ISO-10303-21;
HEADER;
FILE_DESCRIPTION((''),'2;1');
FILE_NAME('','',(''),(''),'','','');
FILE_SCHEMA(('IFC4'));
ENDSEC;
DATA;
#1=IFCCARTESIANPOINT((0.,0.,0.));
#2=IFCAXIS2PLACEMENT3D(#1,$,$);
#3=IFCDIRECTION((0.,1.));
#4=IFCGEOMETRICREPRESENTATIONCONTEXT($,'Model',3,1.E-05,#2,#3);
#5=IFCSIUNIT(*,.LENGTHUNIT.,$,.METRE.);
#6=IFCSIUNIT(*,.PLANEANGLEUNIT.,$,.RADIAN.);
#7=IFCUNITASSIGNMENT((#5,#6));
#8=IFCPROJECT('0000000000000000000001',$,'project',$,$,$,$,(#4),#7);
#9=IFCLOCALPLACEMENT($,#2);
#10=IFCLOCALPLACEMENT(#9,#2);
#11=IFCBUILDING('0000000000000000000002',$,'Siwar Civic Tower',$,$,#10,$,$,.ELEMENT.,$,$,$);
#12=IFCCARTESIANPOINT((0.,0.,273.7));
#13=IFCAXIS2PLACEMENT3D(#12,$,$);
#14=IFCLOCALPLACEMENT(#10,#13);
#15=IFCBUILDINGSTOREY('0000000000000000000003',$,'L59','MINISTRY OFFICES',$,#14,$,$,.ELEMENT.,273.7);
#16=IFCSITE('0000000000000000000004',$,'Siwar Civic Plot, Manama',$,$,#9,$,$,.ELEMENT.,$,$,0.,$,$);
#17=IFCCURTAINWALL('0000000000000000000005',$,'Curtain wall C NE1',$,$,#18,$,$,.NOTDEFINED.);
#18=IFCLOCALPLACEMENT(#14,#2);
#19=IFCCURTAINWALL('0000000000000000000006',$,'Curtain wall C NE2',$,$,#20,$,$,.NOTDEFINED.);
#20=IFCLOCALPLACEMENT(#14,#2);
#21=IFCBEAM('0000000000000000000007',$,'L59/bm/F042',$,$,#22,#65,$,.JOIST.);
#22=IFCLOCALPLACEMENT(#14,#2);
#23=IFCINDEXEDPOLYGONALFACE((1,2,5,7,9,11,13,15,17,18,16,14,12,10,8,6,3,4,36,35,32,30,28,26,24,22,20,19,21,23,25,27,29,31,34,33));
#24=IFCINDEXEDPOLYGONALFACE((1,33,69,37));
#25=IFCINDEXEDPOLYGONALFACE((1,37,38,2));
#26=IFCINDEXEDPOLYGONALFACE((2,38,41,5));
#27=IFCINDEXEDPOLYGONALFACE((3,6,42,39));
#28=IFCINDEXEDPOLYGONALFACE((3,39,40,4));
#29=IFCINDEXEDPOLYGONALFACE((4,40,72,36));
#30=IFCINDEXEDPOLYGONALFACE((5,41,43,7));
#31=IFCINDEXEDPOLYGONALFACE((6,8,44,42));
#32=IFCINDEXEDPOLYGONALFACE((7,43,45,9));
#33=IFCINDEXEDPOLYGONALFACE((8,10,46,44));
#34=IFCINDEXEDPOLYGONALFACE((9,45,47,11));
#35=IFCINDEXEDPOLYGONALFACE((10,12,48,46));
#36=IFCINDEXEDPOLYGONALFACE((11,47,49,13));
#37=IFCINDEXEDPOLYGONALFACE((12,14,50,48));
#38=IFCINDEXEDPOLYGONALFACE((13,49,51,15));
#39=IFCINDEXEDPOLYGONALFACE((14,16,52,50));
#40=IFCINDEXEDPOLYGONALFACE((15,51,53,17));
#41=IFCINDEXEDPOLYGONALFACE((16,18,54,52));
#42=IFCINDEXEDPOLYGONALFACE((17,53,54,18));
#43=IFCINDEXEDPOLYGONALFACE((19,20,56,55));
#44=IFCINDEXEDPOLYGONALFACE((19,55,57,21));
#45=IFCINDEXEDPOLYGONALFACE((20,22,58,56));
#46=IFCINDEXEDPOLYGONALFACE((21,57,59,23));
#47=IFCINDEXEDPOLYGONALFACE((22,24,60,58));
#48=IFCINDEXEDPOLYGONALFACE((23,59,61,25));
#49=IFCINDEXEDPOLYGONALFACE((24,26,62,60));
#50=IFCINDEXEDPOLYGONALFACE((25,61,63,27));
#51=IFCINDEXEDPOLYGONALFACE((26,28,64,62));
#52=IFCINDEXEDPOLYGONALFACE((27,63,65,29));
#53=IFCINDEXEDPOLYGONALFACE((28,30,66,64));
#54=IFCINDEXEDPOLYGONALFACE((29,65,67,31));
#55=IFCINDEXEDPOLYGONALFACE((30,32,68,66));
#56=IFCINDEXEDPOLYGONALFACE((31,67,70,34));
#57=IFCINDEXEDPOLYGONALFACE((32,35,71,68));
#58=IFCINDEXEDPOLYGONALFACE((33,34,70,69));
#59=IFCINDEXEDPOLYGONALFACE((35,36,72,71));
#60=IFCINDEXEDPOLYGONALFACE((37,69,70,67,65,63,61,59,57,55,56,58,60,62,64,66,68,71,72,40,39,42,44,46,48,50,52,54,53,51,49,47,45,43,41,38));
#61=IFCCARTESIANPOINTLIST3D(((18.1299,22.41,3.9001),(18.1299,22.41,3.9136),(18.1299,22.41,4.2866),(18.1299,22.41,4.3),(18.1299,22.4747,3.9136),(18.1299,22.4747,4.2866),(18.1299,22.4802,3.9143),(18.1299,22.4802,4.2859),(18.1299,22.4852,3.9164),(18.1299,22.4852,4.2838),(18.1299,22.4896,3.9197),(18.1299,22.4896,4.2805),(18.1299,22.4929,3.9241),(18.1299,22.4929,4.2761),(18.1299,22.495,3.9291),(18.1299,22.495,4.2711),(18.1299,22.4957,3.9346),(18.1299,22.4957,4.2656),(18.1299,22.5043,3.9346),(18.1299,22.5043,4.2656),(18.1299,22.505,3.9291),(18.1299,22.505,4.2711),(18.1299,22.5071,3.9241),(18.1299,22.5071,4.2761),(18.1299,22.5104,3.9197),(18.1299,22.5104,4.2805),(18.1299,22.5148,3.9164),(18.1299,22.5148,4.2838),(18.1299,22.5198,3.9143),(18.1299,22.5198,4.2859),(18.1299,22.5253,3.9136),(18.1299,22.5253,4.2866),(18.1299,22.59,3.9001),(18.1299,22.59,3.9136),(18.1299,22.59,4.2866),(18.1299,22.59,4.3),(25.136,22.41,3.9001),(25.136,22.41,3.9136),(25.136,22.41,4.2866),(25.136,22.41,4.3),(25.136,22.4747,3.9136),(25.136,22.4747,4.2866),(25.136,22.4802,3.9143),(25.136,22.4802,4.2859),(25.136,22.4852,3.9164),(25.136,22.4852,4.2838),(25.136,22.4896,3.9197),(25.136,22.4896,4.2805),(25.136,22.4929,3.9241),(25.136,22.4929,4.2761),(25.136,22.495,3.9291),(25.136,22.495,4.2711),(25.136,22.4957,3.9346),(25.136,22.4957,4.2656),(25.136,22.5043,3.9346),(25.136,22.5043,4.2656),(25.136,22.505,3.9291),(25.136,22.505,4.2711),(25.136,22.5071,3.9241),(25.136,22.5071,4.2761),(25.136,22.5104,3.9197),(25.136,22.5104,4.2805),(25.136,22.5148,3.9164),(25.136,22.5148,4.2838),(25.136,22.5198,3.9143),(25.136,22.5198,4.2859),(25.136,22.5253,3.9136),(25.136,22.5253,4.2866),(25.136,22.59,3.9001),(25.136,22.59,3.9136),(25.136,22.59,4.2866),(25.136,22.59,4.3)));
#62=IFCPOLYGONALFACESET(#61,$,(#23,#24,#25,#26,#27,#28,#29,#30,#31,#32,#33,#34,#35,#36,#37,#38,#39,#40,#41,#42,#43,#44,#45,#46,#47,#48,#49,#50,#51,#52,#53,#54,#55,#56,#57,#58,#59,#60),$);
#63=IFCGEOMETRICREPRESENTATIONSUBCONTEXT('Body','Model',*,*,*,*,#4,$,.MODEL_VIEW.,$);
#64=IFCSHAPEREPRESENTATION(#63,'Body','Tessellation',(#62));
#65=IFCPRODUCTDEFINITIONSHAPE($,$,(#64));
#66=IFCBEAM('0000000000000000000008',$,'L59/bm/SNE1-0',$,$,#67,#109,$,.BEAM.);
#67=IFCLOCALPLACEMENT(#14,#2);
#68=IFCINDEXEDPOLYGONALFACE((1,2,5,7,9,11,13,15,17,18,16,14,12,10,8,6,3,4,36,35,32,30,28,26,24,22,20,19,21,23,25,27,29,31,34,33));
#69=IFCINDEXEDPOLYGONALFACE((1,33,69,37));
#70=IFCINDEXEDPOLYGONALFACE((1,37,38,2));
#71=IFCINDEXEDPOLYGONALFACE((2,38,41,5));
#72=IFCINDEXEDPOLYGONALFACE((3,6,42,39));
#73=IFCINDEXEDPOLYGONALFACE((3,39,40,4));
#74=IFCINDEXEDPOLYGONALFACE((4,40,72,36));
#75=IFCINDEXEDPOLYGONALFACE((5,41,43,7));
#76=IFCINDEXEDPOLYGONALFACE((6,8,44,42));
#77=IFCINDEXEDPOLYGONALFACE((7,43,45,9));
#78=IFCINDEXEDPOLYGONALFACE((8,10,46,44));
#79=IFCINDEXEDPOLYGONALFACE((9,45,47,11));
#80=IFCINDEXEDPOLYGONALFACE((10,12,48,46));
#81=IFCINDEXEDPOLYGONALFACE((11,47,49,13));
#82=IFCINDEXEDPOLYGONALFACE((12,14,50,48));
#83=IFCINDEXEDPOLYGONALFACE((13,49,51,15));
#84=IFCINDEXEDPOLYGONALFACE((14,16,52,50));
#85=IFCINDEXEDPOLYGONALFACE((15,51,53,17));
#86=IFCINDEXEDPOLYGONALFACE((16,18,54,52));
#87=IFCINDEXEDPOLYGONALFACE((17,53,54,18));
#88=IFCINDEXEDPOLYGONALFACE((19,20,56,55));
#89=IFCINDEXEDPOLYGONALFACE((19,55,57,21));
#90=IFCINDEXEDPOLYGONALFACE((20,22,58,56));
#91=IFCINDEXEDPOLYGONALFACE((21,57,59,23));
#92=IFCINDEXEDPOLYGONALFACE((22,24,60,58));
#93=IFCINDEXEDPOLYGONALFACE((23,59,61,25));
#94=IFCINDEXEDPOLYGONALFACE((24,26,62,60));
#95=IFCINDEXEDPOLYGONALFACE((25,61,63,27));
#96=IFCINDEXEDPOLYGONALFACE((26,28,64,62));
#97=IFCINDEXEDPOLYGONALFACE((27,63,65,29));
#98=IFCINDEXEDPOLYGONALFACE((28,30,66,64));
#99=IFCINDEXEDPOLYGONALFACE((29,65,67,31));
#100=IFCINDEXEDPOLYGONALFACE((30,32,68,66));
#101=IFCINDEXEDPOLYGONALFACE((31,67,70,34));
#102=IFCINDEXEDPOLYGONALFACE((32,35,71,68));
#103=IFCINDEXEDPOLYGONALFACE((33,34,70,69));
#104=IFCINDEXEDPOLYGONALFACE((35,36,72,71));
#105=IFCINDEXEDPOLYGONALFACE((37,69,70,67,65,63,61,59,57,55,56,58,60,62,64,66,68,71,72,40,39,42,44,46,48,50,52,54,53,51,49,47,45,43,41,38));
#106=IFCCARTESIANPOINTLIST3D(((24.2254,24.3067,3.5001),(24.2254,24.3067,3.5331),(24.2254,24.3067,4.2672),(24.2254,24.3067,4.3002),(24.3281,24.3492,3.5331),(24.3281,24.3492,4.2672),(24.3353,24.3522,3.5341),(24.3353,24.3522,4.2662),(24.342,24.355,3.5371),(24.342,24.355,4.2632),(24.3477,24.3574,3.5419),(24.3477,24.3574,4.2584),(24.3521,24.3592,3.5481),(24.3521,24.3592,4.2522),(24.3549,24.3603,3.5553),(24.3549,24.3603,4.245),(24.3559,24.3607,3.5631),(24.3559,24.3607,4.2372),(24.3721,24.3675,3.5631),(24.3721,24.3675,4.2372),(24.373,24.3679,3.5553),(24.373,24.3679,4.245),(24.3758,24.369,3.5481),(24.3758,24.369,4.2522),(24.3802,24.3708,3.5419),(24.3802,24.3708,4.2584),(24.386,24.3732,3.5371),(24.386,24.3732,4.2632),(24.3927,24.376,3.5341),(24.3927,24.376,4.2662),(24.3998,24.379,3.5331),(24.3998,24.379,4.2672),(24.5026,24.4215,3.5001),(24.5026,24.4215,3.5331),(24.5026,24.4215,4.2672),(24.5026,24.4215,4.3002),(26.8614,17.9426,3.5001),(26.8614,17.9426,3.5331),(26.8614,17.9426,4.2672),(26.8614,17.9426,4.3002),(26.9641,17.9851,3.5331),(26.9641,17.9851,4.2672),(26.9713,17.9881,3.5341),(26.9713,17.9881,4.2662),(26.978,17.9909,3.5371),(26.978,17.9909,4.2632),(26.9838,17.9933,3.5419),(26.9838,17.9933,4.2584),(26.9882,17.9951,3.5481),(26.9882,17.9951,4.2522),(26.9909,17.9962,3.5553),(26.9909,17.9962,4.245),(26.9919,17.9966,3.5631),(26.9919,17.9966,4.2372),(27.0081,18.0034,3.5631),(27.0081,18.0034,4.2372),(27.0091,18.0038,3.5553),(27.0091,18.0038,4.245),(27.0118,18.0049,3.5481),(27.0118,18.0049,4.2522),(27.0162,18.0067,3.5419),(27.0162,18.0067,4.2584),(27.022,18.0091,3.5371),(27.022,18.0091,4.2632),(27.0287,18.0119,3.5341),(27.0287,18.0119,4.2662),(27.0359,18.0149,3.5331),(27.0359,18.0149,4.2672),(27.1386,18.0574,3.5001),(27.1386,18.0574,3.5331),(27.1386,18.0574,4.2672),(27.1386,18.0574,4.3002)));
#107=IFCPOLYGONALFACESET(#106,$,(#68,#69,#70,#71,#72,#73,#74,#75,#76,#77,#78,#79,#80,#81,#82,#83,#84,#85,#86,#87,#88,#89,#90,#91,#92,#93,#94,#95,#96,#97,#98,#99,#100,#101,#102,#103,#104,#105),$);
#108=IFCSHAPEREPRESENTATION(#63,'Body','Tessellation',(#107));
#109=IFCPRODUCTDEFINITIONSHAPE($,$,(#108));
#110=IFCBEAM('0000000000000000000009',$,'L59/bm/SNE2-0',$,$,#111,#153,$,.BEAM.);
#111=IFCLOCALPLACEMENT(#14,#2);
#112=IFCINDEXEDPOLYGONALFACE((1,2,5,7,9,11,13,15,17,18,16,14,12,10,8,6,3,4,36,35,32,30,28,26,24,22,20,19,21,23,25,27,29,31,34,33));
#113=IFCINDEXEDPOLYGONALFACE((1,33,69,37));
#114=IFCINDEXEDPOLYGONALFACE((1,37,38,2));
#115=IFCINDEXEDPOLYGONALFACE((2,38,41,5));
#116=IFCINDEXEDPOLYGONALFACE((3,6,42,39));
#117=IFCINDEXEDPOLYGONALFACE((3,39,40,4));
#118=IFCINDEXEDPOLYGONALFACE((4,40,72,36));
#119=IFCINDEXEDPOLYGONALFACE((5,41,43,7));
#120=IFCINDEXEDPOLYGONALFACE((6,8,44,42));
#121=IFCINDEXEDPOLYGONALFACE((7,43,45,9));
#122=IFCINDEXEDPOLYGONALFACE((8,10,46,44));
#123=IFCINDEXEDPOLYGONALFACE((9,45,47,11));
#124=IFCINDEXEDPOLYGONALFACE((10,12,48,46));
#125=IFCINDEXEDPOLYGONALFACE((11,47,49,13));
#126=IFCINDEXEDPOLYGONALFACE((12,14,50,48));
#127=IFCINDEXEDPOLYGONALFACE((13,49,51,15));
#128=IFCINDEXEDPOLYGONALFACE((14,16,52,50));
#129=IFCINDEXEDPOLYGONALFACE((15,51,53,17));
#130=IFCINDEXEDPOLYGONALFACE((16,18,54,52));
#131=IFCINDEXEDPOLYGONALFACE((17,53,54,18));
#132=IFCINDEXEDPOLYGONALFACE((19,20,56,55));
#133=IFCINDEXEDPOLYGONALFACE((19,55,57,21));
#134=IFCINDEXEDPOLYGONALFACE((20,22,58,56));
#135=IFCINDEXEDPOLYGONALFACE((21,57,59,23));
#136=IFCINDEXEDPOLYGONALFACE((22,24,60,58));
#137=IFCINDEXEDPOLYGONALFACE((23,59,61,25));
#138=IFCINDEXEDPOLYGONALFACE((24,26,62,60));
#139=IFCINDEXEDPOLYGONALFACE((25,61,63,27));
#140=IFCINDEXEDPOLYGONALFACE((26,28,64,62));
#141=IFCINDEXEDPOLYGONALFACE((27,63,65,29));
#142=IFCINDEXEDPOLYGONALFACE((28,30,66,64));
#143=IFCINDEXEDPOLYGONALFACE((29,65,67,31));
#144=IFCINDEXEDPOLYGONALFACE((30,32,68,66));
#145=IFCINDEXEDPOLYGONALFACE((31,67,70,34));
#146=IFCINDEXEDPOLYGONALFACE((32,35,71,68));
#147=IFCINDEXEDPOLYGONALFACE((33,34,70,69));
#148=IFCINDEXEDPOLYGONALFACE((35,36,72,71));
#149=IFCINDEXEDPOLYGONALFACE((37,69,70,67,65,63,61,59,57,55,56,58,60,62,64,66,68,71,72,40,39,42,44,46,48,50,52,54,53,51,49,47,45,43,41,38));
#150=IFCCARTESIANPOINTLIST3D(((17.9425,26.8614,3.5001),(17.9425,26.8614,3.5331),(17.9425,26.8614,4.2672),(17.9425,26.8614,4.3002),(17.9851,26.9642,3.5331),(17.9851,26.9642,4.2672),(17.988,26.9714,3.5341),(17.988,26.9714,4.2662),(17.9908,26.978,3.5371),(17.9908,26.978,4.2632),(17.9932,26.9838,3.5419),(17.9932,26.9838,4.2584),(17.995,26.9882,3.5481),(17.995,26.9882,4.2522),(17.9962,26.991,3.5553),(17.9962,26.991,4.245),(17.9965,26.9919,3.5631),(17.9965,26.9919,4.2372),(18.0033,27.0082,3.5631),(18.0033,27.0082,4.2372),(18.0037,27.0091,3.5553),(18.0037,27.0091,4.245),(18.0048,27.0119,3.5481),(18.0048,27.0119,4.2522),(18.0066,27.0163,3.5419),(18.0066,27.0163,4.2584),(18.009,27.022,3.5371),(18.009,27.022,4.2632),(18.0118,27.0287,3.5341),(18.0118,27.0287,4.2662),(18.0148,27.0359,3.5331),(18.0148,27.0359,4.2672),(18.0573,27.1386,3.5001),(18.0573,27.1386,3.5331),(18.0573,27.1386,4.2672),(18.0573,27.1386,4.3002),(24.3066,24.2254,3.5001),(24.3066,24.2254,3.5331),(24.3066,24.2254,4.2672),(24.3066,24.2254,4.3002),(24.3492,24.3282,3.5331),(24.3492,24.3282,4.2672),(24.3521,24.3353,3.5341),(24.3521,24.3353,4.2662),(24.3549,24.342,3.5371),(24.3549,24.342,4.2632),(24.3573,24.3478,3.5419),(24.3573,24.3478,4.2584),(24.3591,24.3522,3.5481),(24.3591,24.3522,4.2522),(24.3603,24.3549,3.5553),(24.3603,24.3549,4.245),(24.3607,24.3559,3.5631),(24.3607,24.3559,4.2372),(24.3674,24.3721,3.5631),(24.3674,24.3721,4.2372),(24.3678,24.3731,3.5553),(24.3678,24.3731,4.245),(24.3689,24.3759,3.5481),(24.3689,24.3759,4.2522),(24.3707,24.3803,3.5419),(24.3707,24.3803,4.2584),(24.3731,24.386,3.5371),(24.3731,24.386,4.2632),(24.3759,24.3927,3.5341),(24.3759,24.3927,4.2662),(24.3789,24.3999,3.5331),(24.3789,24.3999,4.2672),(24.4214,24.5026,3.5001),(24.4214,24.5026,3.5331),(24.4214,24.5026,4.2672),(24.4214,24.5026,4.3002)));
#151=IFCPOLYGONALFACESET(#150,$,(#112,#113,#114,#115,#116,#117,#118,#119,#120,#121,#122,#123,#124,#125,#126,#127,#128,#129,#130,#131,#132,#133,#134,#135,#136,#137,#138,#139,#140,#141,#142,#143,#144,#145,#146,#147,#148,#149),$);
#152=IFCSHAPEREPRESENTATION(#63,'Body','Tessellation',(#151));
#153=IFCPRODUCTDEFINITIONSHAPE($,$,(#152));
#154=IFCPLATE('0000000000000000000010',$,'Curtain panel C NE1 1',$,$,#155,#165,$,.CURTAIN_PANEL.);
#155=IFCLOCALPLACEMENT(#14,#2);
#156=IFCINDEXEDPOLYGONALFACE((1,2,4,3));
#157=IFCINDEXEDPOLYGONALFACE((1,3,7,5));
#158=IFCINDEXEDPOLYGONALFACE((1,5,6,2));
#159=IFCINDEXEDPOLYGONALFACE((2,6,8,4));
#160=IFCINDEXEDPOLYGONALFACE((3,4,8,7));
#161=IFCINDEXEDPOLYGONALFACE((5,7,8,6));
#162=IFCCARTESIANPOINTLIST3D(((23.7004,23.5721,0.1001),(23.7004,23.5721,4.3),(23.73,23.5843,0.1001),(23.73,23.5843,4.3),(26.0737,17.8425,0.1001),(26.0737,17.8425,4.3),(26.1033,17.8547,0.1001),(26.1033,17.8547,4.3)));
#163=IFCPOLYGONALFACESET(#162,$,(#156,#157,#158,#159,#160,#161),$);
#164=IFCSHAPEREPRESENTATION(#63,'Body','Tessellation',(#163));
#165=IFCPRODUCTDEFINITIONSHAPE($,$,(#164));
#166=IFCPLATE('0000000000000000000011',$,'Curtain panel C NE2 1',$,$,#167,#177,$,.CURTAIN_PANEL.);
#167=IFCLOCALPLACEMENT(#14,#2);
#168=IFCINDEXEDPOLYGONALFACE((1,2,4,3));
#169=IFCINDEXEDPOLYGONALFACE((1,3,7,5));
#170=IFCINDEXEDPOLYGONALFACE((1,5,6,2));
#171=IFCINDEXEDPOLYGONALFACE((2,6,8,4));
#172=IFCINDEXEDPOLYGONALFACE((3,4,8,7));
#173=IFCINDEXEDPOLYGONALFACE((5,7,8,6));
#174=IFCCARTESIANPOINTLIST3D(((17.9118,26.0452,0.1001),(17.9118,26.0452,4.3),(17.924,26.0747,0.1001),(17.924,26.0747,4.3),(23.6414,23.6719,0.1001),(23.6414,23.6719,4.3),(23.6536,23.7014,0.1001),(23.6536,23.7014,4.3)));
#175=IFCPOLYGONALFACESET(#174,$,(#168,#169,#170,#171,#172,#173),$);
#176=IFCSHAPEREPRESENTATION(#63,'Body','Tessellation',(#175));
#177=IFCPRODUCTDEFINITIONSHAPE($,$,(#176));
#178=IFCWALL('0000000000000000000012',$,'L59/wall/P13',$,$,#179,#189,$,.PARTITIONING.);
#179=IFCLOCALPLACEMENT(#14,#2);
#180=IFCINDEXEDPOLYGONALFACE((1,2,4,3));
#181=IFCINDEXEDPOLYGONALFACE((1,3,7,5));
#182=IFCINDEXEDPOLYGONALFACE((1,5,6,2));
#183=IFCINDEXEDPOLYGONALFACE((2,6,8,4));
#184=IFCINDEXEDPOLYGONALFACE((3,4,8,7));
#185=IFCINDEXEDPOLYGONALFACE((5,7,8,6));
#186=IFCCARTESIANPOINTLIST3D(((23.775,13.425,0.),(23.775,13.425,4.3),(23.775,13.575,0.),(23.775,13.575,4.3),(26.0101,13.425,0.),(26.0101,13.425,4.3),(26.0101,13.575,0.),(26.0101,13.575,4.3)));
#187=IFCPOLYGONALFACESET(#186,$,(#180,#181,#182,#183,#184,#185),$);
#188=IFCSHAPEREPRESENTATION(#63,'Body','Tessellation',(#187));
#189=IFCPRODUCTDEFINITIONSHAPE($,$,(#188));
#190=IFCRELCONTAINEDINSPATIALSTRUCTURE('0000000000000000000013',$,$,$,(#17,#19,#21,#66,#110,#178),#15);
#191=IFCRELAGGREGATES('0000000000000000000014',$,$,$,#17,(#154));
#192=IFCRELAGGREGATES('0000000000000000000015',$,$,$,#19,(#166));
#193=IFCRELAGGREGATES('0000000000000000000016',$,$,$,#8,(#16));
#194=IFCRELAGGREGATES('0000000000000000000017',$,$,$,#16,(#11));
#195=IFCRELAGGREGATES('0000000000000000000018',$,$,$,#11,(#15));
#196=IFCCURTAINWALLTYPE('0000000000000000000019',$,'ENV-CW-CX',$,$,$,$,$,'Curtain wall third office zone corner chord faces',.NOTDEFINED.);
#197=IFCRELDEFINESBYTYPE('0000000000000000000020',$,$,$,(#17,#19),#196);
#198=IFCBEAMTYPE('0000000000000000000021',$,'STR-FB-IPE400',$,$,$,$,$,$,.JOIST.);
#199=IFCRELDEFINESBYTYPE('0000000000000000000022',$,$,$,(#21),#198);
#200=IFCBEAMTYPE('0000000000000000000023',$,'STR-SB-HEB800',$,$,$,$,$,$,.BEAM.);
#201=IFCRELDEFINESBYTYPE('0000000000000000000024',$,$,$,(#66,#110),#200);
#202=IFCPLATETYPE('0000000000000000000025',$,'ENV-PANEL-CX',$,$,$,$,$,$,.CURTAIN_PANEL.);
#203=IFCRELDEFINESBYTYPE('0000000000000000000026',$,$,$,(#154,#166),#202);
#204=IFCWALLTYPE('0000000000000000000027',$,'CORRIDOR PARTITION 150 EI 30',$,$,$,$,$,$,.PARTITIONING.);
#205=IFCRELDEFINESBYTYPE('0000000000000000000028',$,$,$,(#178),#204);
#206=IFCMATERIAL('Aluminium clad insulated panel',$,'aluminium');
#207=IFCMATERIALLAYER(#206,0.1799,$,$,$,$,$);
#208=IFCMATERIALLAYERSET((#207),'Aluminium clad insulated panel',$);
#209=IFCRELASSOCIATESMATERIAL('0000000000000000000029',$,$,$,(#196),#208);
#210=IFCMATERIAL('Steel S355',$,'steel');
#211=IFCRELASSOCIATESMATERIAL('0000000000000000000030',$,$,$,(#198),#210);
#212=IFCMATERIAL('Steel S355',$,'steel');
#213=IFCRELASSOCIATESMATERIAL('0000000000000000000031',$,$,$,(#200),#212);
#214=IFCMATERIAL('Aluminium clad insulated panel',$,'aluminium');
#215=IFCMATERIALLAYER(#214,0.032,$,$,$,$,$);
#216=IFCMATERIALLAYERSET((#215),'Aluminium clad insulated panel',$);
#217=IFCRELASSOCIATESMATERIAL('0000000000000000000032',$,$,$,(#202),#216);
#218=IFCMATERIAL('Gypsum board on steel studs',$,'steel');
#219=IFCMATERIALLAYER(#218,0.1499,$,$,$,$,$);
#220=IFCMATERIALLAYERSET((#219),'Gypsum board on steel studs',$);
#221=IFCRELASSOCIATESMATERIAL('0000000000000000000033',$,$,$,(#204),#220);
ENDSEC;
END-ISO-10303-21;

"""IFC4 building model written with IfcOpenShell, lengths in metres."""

from ifc_helpers import new_model, si_unit, direction, frame, frame_2d, origin, origin_2d, place, context, subcontext, project, spatial, rectangle, i_section, extrude, material, layer, layer_set, material_profile, profile_set, type_object, element, aggregate, save


model = new_model("IFC4")

# Units and contexts
model_context = context("Model", 3, precision=1e-05, world=origin(), true_north=direction((0.0, 1.0)))
body_context = subcontext(model_context, "Body", "Model", "MODEL_VIEW")
ifc_project = project(units=[si_unit("LENGTHUNIT", "METRE"), si_unit("PLANEANGLEUNIT", "RADIAN")], contexts=[model_context])

# Site, building, storey
site_placement = place(None, origin())
site = spatial("IfcSite", under=ifc_project, at=site_placement, Name="Siwar Civic Plot, Manama", CompositionType="ELEMENT", RefElevation=0.0)
building_placement = place(site_placement, origin())
building = spatial("IfcBuilding", under=site, at=building_placement, Name="Siwar Civic Tower", CompositionType="ELEMENT")
storey_placement = place(building_placement, frame((0.0, 0.0, 273.7)))
storey = spatial("IfcBuildingStorey", under=building, at=storey_placement, Name="L59", Description="MINISTRY OFFICES", CompositionType="ELEMENT", Elevation=273.7)

# Curtain walls
ifc_material_1 = material(Name="Aluminium clad insulated panel", Category="aluminium")
ifc_layer_1 = layer(ifc_material_1, 0.1799)
ifc_layer_set_1 = layer_set([ifc_layer_1], Name="Aluminium clad insulated panel")
curtain_wall_type = type_object("IfcCurtainWallType", Name="ENV-CW-CX", ElementType="Curtain wall third office zone corner chord faces", PredefinedType="NOTDEFINED", material=ifc_layer_set_1)
curtain_wall_1_placement = place(storey_placement, origin())
curtain_wall_1 = element("IfcCurtainWall", 1, at=curtain_wall_1_placement, inside=storey, type_object=curtain_wall_type, Name="Curtain wall C NE1", PredefinedType="NOTDEFINED")
curtain_wall_2_placement = place(storey_placement, origin())
curtain_wall_2 = element("IfcCurtainWall", 2, at=curtain_wall_2_placement, inside=storey, type_object=curtain_wall_type, Name="Curtain wall C NE2", PredefinedType="NOTDEFINED")

# Beams
ifc_material_2 = material(Name="Steel S355", Category="steel")
ifc_material_profile_1 = material_profile(ifc_material_2, i_section(OverallWidth=0.1799, OverallDepth=0.3999, WebThickness=0.0085, FlangeThickness=0.0134, FilletRadius=0.021, at=origin_2d()), Name="IPE400")
ifc_profile_set_1 = profile_set([ifc_material_profile_1], Name="Steel S355")
beam_type_1 = type_object("IfcBeamType", Name="STR-FB-IPE400", PredefinedType="JOIST", material=ifc_profile_set_1)
beam_1_placement = place(storey_placement, frame((18.1299, 22.5, 4.1001), z_axis=(1.0, 0.0, 0.0), x_axis=(0.0, 1.0, 0.0)))
element("IfcBeam", 3, at=beam_1_placement, inside=storey, type_object=beam_type_1, Name="L59/bm/F042", PredefinedType="JOIST", context=body_context, shape_type="SweptSolid", body=[
    extrude(i_section(OverallWidth=0.1799, OverallDepth=0.3999, WebThickness=0.0085, FlangeThickness=0.0134, FilletRadius=0.021, at=origin_2d()), origin(), (0.0, 0.0, 1.0), 7.0061),
])
ifc_material_3 = material(Name="Steel S355", Category="steel")
ifc_material_profile_2 = material_profile(ifc_material_3, i_section(OverallWidth=0.3, OverallDepth=0.8, WebThickness=0.0176, FlangeThickness=0.033, FilletRadius=0.03, at=origin_2d()), Name="HEB800")
ifc_profile_set_2 = profile_set([ifc_material_profile_2], Name="Steel S355")
beam_type_2 = type_object("IfcBeamType", Name="STR-SB-HEB800", PredefinedType="BEAM", material=ifc_profile_set_2)
for number, where, z_axis, x_axis, name in (
    (4, (27.0, 18.0, 3.9001), (-0.382674, 0.923883, 0.0), (-0.923883, -0.382674, 0.0), "L59/bm/SNE1-0"),
    (5, (24.364, 24.364, 3.9001), (-0.923883, 0.382674, 0.0), (-0.382674, -0.923883, 0.0), "L59/bm/SNE2-0"),
):
    element("IfcBeam", number, at=place(storey_placement, frame(where, z_axis=z_axis, x_axis=x_axis)), inside=storey, type_object=beam_type_2, Name=name, PredefinedType="BEAM", context=body_context, shape_type="SweptSolid", body=[
        extrude(i_section(OverallWidth=0.3, OverallDepth=0.8, WebThickness=0.0176, FlangeThickness=0.033, FilletRadius=0.03, at=origin_2d()), origin(), (0.0, 0.0, 1.0), 6.8884),
    ])

# Plates
ifc_material_4 = material(Name="Aluminium clad insulated panel", Category="aluminium")
ifc_layer_2 = layer(ifc_material_4, 0.032)
ifc_layer_set_2 = layer_set([ifc_layer_2], Name="Aluminium clad insulated panel")
plate_type = type_object("IfcPlateType", Name="ENV-PANEL-CX", PredefinedType="CURTAIN_PANEL", material=ifc_layer_set_2)
plate_1_placement = place(storey_placement, frame((24.9019, 20.7134, 0.1001), z_axis=(0.0, 0.0, 1.0), x_axis=(-0.382683, 0.92388, 0.0)))
plate_1 = element("IfcPlate", 6, at=plate_1_placement, type_object=plate_type, Name="Curtain panel C NE1 1", PredefinedType="CURTAIN_PANEL", context=body_context, shape_type="SweptSolid", body=[
    extrude(rectangle(XDim=6.2017, YDim=0.032, at=origin_2d()), origin(), (0.0, 0.0, 1.0), 4.2),
])
aggregate(curtain_wall_1, [plate_1])
plate_2_placement = place(storey_placement, frame((20.7827, 24.8733, 0.1001), z_axis=(0.0, 0.0, 1.0), x_axis=(-0.92388, 0.382683, 0.0)))
plate_2 = element("IfcPlate", 7, at=plate_2_placement, type_object=plate_type, Name="Curtain panel C NE2 1", PredefinedType="CURTAIN_PANEL", context=body_context, shape_type="SweptSolid", body=[
    extrude(rectangle(XDim=6.2017, YDim=0.032, at=origin_2d()), origin(), (0.0, 0.0, 1.0), 4.2),
])
aggregate(curtain_wall_2, [plate_2])

# Wall
ifc_material_5 = material(Name="Gypsum board on steel studs", Category="steel")
ifc_layer_3 = layer(ifc_material_5, 0.1499)
ifc_layer_set_3 = layer_set([ifc_layer_3], Name="Gypsum board on steel studs")
wall_type = type_object("IfcWallType", Name="CORRIDOR PARTITION 150 EI 30", PredefinedType="PARTITIONING", material=ifc_layer_set_3)
wall_placement = place(storey_placement, frame((23.7749, 13.5, 0.0), z_axis=(0.0, 0.0, 1.0), x_axis=(1.0, 0.0, 0.0)))
element("IfcWall", 8, at=wall_placement, inside=storey, type_object=wall_type, Name="L59/wall/P13", PredefinedType="PARTITIONING", context=body_context, shape_type="SweptSolid", body=[
    extrude(rectangle(XDim=2.2351, YDim=0.1499, at=frame_2d((1.1177, 0.0))), origin(), (0.0, 0.0, 1.0), 4.3),
])

save(model, "model.ifc")
